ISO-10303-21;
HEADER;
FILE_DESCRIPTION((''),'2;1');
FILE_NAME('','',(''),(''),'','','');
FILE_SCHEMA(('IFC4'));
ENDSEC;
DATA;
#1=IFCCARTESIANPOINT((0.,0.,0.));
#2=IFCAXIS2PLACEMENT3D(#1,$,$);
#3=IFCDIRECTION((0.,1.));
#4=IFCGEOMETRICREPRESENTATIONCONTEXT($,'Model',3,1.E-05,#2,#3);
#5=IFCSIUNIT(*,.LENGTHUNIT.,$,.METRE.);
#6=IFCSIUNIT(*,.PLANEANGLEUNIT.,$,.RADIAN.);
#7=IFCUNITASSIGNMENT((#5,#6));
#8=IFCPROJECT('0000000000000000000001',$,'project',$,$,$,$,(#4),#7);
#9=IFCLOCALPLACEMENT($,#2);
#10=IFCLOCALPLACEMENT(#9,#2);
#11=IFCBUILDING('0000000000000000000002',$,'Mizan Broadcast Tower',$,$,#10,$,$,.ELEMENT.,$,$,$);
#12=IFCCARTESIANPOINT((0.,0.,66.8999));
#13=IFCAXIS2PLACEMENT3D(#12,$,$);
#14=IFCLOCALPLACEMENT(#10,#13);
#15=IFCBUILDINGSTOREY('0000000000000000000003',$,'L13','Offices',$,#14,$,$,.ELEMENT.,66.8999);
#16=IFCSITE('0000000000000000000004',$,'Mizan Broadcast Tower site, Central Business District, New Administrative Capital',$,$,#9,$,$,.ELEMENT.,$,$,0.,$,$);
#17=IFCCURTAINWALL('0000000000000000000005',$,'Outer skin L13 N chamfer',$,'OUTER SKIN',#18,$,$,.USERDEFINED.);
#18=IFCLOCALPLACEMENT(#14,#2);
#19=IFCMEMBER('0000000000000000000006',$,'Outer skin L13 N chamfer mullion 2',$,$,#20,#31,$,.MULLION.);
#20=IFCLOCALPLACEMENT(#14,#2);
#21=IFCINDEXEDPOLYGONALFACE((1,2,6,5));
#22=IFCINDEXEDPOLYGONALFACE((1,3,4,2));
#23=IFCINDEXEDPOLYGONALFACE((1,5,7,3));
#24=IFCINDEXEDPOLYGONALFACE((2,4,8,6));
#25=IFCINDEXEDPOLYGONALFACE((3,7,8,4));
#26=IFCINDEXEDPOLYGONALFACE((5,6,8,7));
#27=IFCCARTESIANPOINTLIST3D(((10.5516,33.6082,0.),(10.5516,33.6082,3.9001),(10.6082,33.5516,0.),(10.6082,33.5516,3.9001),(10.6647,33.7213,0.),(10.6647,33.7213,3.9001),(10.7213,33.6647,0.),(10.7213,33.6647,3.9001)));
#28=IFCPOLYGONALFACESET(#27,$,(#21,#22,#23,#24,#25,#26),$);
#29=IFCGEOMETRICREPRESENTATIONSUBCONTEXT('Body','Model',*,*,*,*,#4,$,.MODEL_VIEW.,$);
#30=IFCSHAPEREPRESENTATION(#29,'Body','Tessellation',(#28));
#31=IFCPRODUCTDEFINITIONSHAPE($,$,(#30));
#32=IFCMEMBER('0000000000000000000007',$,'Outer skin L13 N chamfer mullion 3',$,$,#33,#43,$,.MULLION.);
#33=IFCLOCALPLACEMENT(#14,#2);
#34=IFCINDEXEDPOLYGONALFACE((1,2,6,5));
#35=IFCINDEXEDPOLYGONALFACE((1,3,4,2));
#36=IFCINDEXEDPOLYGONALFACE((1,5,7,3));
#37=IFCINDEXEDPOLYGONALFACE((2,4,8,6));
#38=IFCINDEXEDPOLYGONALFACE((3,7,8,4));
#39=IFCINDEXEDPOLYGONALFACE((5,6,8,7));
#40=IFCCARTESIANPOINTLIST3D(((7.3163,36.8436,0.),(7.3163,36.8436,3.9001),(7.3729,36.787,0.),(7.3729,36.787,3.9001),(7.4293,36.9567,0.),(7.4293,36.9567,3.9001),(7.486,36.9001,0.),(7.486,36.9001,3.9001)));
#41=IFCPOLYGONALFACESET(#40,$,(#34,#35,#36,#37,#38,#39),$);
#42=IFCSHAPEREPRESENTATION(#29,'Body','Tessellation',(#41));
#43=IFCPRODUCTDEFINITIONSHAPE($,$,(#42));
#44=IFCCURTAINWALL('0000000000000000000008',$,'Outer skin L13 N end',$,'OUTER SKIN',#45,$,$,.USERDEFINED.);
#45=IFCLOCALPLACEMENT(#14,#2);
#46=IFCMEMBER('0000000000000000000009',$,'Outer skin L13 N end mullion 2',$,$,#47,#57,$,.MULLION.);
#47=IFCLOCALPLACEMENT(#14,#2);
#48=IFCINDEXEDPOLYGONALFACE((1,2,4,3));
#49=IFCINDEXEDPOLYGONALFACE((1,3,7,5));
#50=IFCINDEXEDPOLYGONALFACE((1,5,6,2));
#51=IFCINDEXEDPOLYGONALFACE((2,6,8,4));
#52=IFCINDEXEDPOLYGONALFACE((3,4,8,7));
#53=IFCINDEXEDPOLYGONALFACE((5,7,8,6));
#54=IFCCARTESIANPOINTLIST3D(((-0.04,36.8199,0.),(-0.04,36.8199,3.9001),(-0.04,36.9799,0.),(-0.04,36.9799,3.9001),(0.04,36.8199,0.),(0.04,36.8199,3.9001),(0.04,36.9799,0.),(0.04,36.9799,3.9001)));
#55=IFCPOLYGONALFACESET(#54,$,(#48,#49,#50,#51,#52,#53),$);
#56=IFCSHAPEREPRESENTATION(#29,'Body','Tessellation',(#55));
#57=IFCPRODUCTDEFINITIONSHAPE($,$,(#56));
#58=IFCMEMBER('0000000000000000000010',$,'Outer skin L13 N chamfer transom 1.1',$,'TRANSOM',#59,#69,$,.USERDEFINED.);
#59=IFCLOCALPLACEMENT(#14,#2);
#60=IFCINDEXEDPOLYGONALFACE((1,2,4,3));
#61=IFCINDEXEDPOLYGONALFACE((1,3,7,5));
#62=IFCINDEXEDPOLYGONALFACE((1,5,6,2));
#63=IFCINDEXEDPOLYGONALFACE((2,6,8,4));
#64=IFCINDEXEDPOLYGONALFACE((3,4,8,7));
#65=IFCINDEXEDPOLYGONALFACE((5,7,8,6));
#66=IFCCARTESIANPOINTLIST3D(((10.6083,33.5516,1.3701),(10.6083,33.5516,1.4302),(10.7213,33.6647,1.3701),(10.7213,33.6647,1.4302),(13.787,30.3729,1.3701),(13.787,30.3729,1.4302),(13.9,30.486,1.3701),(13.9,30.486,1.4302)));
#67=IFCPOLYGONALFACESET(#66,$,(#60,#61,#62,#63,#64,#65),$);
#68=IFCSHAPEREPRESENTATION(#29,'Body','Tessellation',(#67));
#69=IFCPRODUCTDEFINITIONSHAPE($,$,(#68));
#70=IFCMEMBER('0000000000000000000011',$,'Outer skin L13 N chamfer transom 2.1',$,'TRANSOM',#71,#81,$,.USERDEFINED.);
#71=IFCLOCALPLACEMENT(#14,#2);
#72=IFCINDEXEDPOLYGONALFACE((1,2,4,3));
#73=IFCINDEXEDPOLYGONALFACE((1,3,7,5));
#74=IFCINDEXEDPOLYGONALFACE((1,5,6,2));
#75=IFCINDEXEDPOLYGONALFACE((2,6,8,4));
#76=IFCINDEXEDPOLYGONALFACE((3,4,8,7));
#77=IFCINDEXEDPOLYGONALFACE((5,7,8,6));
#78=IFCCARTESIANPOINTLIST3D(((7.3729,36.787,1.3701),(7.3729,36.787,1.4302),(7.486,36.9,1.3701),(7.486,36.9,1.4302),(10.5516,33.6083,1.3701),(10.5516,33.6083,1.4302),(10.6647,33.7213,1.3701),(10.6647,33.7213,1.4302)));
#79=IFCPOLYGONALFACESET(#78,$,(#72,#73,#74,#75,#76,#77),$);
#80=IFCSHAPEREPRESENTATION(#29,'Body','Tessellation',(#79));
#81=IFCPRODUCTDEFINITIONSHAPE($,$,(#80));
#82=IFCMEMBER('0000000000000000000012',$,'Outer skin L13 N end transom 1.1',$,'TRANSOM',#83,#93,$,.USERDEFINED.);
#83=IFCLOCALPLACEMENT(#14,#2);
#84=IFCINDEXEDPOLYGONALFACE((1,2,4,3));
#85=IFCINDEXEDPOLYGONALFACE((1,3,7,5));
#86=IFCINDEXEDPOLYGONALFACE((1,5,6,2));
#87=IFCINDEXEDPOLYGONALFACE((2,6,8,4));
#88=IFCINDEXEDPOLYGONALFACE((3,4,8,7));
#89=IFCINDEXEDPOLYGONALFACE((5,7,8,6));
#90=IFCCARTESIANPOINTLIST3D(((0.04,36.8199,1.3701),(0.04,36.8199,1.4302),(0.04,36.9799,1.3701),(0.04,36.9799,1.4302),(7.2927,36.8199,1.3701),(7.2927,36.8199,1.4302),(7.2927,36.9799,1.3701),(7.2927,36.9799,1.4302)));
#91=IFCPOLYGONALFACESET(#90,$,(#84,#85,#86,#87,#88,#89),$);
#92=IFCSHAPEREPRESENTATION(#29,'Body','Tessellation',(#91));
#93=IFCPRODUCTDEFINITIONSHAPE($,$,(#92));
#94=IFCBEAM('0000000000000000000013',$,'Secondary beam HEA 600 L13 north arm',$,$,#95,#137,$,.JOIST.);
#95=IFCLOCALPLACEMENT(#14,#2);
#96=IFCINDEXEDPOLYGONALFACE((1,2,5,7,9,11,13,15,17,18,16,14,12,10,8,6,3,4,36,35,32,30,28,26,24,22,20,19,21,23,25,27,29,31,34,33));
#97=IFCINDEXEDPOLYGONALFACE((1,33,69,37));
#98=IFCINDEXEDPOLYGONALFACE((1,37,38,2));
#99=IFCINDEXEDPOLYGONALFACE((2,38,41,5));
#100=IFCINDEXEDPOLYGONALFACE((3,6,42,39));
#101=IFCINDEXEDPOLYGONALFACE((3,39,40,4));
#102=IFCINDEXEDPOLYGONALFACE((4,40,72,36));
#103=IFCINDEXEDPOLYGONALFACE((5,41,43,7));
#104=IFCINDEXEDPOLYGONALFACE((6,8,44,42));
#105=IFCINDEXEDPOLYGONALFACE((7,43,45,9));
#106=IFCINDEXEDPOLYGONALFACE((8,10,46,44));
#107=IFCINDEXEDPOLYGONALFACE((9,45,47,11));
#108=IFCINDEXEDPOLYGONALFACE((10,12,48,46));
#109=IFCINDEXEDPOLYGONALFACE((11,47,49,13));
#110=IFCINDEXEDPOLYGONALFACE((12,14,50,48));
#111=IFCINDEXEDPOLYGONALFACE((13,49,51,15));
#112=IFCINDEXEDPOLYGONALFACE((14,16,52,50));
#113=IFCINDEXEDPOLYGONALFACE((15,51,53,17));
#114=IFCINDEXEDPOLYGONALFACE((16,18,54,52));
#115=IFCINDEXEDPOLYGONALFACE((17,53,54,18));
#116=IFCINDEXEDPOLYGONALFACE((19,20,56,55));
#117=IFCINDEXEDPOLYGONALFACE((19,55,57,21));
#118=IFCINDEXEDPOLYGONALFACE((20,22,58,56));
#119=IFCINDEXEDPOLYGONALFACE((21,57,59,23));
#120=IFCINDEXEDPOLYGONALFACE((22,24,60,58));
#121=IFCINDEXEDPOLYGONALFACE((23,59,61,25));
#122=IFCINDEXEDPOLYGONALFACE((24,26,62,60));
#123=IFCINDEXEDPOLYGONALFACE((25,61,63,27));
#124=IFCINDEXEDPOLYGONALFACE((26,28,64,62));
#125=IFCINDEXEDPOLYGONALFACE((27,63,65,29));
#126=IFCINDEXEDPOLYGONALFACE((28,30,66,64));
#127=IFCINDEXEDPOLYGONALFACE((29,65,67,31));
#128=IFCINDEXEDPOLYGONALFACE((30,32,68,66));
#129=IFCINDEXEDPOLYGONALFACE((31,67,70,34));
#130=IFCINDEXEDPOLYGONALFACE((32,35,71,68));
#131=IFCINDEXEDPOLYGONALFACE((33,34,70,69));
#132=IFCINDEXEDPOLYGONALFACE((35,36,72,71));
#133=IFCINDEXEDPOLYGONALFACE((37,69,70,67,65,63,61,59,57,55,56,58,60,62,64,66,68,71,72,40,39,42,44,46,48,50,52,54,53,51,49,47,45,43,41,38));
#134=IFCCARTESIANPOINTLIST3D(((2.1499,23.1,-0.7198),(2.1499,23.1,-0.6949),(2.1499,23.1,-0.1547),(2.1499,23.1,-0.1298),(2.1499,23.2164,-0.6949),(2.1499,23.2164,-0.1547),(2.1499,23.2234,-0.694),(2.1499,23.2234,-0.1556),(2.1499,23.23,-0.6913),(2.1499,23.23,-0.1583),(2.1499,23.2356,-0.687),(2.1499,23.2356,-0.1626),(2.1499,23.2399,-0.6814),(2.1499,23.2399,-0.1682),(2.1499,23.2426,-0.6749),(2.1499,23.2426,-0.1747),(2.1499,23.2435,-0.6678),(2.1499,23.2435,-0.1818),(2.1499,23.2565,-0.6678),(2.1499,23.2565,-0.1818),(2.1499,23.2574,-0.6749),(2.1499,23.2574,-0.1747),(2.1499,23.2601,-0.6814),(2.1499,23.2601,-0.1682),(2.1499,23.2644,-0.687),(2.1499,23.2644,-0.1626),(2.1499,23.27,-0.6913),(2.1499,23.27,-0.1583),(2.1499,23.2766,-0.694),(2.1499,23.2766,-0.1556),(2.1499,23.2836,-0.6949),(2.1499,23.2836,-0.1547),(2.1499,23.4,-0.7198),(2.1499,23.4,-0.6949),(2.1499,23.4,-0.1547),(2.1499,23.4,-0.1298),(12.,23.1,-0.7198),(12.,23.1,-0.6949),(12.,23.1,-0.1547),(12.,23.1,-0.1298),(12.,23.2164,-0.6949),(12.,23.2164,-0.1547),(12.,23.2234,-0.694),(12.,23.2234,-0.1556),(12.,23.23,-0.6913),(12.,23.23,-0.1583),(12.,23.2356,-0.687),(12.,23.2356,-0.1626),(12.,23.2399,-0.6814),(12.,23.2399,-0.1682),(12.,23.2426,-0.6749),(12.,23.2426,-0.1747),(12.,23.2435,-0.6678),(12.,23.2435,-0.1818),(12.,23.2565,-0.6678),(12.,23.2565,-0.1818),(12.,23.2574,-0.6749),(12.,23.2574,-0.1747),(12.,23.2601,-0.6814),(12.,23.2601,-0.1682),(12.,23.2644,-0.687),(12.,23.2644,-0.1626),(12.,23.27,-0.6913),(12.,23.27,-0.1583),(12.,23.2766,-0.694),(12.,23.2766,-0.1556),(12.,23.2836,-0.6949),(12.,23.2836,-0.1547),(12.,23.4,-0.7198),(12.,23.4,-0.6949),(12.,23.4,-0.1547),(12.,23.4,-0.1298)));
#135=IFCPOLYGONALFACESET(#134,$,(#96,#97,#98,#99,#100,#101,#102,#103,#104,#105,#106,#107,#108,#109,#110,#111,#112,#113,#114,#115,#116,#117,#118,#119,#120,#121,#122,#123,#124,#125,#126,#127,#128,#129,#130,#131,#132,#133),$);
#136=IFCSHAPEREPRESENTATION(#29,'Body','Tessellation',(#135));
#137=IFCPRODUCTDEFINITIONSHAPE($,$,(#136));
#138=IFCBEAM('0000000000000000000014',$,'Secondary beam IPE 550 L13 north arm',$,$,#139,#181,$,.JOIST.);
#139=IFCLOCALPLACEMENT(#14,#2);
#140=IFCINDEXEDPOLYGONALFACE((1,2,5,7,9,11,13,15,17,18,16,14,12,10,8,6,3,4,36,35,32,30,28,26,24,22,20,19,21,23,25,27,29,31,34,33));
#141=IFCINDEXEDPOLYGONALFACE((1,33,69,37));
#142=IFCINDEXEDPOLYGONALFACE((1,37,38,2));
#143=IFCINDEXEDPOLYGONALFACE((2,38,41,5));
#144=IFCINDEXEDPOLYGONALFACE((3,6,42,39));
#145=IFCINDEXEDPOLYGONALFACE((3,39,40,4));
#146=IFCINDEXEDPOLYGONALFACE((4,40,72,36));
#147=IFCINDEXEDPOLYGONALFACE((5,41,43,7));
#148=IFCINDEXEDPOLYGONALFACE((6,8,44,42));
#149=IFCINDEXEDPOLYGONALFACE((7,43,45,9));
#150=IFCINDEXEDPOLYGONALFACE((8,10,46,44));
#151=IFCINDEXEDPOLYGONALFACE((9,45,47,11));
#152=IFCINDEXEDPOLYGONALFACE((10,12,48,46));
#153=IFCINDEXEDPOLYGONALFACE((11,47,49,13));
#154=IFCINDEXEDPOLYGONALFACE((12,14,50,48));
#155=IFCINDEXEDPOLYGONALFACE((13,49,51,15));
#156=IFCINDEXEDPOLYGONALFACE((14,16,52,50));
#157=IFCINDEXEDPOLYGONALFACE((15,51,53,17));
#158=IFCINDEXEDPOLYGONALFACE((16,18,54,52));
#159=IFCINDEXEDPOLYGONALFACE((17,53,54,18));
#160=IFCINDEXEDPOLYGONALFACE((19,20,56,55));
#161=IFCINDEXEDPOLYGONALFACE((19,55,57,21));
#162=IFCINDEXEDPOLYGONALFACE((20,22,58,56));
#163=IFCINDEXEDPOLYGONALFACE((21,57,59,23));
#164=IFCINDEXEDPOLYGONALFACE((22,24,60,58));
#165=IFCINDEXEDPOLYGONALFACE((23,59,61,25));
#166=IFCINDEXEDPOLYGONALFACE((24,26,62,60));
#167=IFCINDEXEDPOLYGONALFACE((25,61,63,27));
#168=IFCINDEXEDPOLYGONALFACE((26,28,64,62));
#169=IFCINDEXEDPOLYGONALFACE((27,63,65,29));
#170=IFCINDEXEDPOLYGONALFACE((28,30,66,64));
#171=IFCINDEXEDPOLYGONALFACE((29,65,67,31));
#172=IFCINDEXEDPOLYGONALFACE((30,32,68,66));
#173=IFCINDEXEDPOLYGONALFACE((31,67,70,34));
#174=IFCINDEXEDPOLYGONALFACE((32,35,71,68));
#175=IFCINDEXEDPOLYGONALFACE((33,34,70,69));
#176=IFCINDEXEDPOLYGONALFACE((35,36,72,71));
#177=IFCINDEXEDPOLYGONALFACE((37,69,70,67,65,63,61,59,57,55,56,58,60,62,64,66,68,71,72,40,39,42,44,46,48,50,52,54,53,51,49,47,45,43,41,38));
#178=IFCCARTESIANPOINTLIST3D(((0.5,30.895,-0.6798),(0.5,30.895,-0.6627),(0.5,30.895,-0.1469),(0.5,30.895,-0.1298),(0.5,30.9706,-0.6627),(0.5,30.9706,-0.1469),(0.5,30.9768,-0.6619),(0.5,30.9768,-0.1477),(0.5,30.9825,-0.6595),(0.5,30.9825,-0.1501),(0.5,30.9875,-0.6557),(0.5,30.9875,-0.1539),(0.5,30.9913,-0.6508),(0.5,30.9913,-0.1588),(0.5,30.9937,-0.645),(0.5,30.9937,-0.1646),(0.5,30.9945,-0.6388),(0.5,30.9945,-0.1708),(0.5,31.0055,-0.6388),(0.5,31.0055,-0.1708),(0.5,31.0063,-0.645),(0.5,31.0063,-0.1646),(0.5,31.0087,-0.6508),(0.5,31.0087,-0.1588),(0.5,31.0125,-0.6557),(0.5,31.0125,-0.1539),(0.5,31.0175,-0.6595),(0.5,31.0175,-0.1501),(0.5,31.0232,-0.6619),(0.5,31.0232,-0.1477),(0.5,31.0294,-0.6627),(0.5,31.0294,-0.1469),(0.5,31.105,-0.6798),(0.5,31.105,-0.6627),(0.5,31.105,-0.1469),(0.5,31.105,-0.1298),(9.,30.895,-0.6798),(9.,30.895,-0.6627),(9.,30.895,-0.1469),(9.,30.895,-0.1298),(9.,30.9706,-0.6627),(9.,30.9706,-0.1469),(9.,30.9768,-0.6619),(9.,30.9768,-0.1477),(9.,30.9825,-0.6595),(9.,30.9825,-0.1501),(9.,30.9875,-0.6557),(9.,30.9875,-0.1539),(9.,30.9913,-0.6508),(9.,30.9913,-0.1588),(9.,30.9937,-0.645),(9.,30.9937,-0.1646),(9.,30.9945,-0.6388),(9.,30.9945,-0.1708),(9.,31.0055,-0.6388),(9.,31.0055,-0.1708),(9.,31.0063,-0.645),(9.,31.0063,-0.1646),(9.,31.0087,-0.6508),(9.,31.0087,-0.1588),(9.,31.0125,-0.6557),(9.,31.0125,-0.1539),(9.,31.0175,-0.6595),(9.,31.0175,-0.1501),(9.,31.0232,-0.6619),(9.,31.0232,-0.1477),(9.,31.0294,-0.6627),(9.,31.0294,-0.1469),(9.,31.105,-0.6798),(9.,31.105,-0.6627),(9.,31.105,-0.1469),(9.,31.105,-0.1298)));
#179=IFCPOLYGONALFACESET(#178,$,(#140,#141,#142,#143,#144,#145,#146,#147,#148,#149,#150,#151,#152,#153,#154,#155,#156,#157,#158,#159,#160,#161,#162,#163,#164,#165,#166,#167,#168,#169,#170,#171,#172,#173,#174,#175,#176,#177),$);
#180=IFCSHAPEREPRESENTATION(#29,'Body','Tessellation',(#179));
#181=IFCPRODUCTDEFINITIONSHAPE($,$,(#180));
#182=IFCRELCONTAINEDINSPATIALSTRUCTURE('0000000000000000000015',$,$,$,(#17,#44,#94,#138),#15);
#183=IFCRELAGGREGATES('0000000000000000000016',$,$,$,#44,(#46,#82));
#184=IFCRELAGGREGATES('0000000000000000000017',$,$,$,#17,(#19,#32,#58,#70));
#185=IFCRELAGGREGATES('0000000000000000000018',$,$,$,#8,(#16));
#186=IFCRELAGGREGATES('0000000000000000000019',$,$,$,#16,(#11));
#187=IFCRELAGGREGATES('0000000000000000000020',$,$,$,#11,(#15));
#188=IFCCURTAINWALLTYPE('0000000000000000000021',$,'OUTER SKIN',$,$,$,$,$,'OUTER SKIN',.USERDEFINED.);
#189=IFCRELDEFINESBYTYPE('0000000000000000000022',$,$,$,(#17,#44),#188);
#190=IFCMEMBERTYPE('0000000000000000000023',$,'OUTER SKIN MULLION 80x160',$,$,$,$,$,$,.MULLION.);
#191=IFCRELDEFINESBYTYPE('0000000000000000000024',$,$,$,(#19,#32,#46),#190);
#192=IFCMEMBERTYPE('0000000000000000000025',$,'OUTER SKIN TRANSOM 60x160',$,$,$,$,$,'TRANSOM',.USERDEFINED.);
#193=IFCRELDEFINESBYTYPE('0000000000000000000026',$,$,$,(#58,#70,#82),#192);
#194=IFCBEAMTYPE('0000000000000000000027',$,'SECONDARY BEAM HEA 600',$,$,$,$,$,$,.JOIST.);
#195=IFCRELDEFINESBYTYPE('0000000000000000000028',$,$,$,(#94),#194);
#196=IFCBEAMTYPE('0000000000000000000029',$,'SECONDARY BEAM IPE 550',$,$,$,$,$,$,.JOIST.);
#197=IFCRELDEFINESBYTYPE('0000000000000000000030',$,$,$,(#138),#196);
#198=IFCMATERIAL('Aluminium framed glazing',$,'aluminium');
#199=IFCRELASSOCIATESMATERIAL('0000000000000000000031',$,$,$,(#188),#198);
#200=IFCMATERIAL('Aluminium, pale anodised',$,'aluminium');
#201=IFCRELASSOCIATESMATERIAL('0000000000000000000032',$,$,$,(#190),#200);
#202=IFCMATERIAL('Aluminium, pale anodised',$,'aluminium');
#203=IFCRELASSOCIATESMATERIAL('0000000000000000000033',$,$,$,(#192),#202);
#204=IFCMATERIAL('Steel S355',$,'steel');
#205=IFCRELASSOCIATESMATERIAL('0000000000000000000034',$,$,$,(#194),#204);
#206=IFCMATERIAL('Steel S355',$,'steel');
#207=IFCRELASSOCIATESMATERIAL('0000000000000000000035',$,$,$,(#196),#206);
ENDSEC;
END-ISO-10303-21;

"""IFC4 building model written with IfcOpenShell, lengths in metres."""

from ifc_helpers import new_model, si_unit, direction, frame, origin, origin_2d, place, context, subcontext, project, spatial, rectangle, i_section, extrude, material, material_profile, profile_set, type_object, element, aggregate, save


model = new_model("IFC4")

# Units and contexts
model_context = context("Model", 3, precision=1e-05, world=origin(), true_north=direction((0.0, 1.0)))
body_context = subcontext(model_context, "Body", "Model", "MODEL_VIEW")
ifc_project = project(units=[si_unit("LENGTHUNIT", "METRE"), si_unit("PLANEANGLEUNIT", "RADIAN")], contexts=[model_context])

# Site, building, storey
site_placement = place(None, origin())
site = spatial("IfcSite", under=ifc_project, at=site_placement, Name="Mizan Broadcast Tower site, Central Business District, New Administrative Capital", CompositionType="ELEMENT", RefElevation=0.0)
building_placement = place(site_placement, origin())
building = spatial("IfcBuilding", under=site, at=building_placement, Name="Mizan Broadcast Tower", CompositionType="ELEMENT")
storey_placement = place(building_placement, frame((0.0, 0.0, 66.8999)))
storey = spatial("IfcBuildingStorey", under=building, at=storey_placement, Name="L13", Description="Offices", CompositionType="ELEMENT", Elevation=66.8999)

# Curtain wall, members
ifc_material_1 = material(Name="Aluminium framed glazing", Category="aluminium")
curtain_wall_type_1 = type_object("IfcCurtainWallType", Name="OUTER SKIN", ElementType="OUTER SKIN", PredefinedType="USERDEFINED", material=ifc_material_1)
curtain_wall_1_placement = place(storey_placement, origin())
curtain_wall_1 = element("IfcCurtainWall", 1, at=curtain_wall_1_placement, inside=storey, type_object=curtain_wall_type_1, Name="Outer skin L13 N chamfer", ObjectType="OUTER SKIN", PredefinedType="USERDEFINED")
ifc_material_2 = material(Name="Aluminium, pale anodised", Category="aluminium")
ifc_material_profile_1 = material_profile(ifc_material_2, rectangle(XDim=0.1599, YDim=0.0801, at=origin_2d()), Name="MULLION 160x80")
ifc_profile_set_1 = profile_set([ifc_material_profile_1], Name="Aluminium, pale anodised")
member_type_1 = type_object("IfcMemberType", Name="OUTER SKIN MULLION 80x160", PredefinedType="MULLION", material=ifc_profile_set_1)
member_1_placement = place(storey_placement, frame((10.6365, 33.6365, 0.0), z_axis=(0.0, 0.0, 1.0), x_axis=(-0.707107, -0.707107, 0.0)))
member_1 = element("IfcMember", 2, at=member_1_placement, type_object=member_type_1, Name="Outer skin L13 N chamfer mullion 2", PredefinedType="MULLION", context=body_context, shape_type="SweptSolid", body=[
    extrude(rectangle(XDim=0.1599, YDim=0.0801, at=origin_2d()), origin(), (0.0, 0.0, 1.0), 3.9001),
])
member_2_placement = place(storey_placement, frame((7.4011, 36.8718, 0.0), z_axis=(0.0, 0.0, 1.0), x_axis=(-0.707107, -0.707107, 0.0)))
member_2 = element("IfcMember", 3, at=member_2_placement, type_object=member_type_1, Name="Outer skin L13 N chamfer mullion 3", PredefinedType="MULLION", context=body_context, shape_type="SweptSolid", body=[
    extrude(rectangle(XDim=0.1599, YDim=0.0801, at=origin_2d()), origin(), (0.0, 0.0, 1.0), 3.9001),
])

# Curtain wall, member
curtain_wall_2_placement = place(storey_placement, origin())
curtain_wall_2 = element("IfcCurtainWall", 4, at=curtain_wall_2_placement, inside=storey, type_object=curtain_wall_type_1, Name="Outer skin L13 N end", ObjectType="OUTER SKIN", PredefinedType="USERDEFINED")
member_3_placement = place(storey_placement, frame((0.0, 36.8999, 0.0), z_axis=(0.0, 0.0, 1.0), x_axis=(0.0, -1.0, 0.0)))
member_3 = element("IfcMember", 5, at=member_3_placement, type_object=member_type_1, Name="Outer skin L13 N end mullion 2", PredefinedType="MULLION", context=body_context, shape_type="SweptSolid", body=[
    extrude(rectangle(XDim=0.1599, YDim=0.0801, at=origin_2d()), origin(), (0.0, 0.0, 1.0), 3.9001),
])

# Members
ifc_material_3 = material(Name="Aluminium, pale anodised", Category="aluminium")
ifc_material_profile_2 = material_profile(ifc_material_3, rectangle(XDim=0.1599, YDim=0.0601, at=origin_2d()), Name="TRANSOM 160x60")
ifc_profile_set_2 = profile_set([ifc_material_profile_2], Name="Aluminium, pale anodised")
member_type_2 = type_object("IfcMemberType", Name="OUTER SKIN TRANSOM 60x160", ElementType="TRANSOM", PredefinedType="USERDEFINED", material=ifc_profile_set_2)
member_4_placement = place(storey_placement, frame((13.8435, 30.4294, 1.4001), z_axis=(-0.707107, 0.707107, 0.0), x_axis=(-0.707107, -0.707107, 0.0)))
member_4 = element("IfcMember", 6, at=member_4_placement, type_object=member_type_2, Name="Outer skin L13 N chamfer transom 1.1", ObjectType="TRANSOM", PredefinedType="USERDEFINED", context=body_context, shape_type="SweptSolid", body=[
    extrude(rectangle(XDim=0.1599, YDim=0.0601, at=origin_2d()), origin(), (0.0, 0.0, 1.0), 4.4954),
])
member_5_placement = place(storey_placement, frame((10.6082, 33.6648, 1.4001), z_axis=(-0.707107, 0.707107, 0.0), x_axis=(-0.707107, -0.707107, 0.0)))
member_5 = element("IfcMember", 7, at=member_5_placement, type_object=member_type_2, Name="Outer skin L13 N chamfer transom 2.1", ObjectType="TRANSOM", PredefinedType="USERDEFINED", context=body_context, shape_type="SweptSolid", body=[
    extrude(rectangle(XDim=0.1599, YDim=0.0601, at=origin_2d()), origin(), (0.0, 0.0, 1.0), 4.4954),
])
member_6_placement = place(storey_placement, frame((7.2927, 36.8999, 1.4001), z_axis=(-1.0, 0.0, 0.0), x_axis=(0.0, -1.0, 0.0)))
member_6 = element("IfcMember", 8, at=member_6_placement, type_object=member_type_2, Name="Outer skin L13 N end transom 1.1", ObjectType="TRANSOM", PredefinedType="USERDEFINED", context=body_context, shape_type="SweptSolid", body=[
    extrude(rectangle(XDim=0.1599, YDim=0.0601, at=origin_2d()), origin(), (0.0, 0.0, 1.0), 7.2527),
])

# Beams
ifc_material_4 = material(Name="Steel S355", Category="steel")
ifc_material_profile_3 = material_profile(ifc_material_4, i_section(OverallWidth=0.3, OverallDepth=0.5901, WebThickness=0.0129, FlangeThickness=0.0249, FilletRadius=0.0271, at=origin_2d()), Name="HEA 600")
ifc_profile_set_3 = profile_set([ifc_material_profile_3], Name="Steel S355")
beam_type_1 = type_object("IfcBeamType", Name="SECONDARY BEAM HEA 600", PredefinedType="JOIST", material=ifc_profile_set_3)
beam_1_placement = place(storey_placement, frame((12.0, 23.25, -0.4248), z_axis=(-1.0, 0.0, 0.0), x_axis=(0.0, -1.0, 0.0)))
element("IfcBeam", 9, at=beam_1_placement, inside=storey, type_object=beam_type_1, Name="Secondary beam HEA 600 L13 north arm", PredefinedType="JOIST", context=body_context, shape_type="SweptSolid", body=[
    extrude(i_section(OverallWidth=0.3, OverallDepth=0.5901, WebThickness=0.0129, FlangeThickness=0.0249, FilletRadius=0.0271, at=origin_2d()), origin(), (0.0, 0.0, 1.0), 9.8501),
])
ifc_material_5 = material(Name="Steel S355", Category="steel")
ifc_material_profile_4 = material_profile(ifc_material_5, i_section(OverallWidth=0.21, OverallDepth=0.55, WebThickness=0.011, FlangeThickness=0.0171, FilletRadius=0.0239, at=origin_2d()), Name="IPE 550")
ifc_profile_set_4 = profile_set([ifc_material_profile_4], Name="Steel S355")
beam_type_2 = type_object("IfcBeamType", Name="SECONDARY BEAM IPE 550", PredefinedType="JOIST", material=ifc_profile_set_4)
beam_2_placement = place(storey_placement, frame((9.0, 31.0, -0.4048), z_axis=(-1.0, 0.0, 0.0), x_axis=(0.0, -1.0, 0.0)))
element("IfcBeam", 10, at=beam_2_placement, inside=storey, type_object=beam_type_2, Name="Secondary beam IPE 550 L13 north arm", PredefinedType="JOIST", context=body_context, shape_type="SweptSolid", body=[
    extrude(i_section(OverallWidth=0.21, OverallDepth=0.55, WebThickness=0.011, FlangeThickness=0.0171, FilletRadius=0.0239, at=origin_2d()), origin(), (0.0, 0.0, 1.0), 8.5),
])

aggregate(curtain_wall_2, [member_3, member_6])
aggregate(curtain_wall_1, [member_1, member_2, member_4, member_5])

save(model, "model.ifc")
